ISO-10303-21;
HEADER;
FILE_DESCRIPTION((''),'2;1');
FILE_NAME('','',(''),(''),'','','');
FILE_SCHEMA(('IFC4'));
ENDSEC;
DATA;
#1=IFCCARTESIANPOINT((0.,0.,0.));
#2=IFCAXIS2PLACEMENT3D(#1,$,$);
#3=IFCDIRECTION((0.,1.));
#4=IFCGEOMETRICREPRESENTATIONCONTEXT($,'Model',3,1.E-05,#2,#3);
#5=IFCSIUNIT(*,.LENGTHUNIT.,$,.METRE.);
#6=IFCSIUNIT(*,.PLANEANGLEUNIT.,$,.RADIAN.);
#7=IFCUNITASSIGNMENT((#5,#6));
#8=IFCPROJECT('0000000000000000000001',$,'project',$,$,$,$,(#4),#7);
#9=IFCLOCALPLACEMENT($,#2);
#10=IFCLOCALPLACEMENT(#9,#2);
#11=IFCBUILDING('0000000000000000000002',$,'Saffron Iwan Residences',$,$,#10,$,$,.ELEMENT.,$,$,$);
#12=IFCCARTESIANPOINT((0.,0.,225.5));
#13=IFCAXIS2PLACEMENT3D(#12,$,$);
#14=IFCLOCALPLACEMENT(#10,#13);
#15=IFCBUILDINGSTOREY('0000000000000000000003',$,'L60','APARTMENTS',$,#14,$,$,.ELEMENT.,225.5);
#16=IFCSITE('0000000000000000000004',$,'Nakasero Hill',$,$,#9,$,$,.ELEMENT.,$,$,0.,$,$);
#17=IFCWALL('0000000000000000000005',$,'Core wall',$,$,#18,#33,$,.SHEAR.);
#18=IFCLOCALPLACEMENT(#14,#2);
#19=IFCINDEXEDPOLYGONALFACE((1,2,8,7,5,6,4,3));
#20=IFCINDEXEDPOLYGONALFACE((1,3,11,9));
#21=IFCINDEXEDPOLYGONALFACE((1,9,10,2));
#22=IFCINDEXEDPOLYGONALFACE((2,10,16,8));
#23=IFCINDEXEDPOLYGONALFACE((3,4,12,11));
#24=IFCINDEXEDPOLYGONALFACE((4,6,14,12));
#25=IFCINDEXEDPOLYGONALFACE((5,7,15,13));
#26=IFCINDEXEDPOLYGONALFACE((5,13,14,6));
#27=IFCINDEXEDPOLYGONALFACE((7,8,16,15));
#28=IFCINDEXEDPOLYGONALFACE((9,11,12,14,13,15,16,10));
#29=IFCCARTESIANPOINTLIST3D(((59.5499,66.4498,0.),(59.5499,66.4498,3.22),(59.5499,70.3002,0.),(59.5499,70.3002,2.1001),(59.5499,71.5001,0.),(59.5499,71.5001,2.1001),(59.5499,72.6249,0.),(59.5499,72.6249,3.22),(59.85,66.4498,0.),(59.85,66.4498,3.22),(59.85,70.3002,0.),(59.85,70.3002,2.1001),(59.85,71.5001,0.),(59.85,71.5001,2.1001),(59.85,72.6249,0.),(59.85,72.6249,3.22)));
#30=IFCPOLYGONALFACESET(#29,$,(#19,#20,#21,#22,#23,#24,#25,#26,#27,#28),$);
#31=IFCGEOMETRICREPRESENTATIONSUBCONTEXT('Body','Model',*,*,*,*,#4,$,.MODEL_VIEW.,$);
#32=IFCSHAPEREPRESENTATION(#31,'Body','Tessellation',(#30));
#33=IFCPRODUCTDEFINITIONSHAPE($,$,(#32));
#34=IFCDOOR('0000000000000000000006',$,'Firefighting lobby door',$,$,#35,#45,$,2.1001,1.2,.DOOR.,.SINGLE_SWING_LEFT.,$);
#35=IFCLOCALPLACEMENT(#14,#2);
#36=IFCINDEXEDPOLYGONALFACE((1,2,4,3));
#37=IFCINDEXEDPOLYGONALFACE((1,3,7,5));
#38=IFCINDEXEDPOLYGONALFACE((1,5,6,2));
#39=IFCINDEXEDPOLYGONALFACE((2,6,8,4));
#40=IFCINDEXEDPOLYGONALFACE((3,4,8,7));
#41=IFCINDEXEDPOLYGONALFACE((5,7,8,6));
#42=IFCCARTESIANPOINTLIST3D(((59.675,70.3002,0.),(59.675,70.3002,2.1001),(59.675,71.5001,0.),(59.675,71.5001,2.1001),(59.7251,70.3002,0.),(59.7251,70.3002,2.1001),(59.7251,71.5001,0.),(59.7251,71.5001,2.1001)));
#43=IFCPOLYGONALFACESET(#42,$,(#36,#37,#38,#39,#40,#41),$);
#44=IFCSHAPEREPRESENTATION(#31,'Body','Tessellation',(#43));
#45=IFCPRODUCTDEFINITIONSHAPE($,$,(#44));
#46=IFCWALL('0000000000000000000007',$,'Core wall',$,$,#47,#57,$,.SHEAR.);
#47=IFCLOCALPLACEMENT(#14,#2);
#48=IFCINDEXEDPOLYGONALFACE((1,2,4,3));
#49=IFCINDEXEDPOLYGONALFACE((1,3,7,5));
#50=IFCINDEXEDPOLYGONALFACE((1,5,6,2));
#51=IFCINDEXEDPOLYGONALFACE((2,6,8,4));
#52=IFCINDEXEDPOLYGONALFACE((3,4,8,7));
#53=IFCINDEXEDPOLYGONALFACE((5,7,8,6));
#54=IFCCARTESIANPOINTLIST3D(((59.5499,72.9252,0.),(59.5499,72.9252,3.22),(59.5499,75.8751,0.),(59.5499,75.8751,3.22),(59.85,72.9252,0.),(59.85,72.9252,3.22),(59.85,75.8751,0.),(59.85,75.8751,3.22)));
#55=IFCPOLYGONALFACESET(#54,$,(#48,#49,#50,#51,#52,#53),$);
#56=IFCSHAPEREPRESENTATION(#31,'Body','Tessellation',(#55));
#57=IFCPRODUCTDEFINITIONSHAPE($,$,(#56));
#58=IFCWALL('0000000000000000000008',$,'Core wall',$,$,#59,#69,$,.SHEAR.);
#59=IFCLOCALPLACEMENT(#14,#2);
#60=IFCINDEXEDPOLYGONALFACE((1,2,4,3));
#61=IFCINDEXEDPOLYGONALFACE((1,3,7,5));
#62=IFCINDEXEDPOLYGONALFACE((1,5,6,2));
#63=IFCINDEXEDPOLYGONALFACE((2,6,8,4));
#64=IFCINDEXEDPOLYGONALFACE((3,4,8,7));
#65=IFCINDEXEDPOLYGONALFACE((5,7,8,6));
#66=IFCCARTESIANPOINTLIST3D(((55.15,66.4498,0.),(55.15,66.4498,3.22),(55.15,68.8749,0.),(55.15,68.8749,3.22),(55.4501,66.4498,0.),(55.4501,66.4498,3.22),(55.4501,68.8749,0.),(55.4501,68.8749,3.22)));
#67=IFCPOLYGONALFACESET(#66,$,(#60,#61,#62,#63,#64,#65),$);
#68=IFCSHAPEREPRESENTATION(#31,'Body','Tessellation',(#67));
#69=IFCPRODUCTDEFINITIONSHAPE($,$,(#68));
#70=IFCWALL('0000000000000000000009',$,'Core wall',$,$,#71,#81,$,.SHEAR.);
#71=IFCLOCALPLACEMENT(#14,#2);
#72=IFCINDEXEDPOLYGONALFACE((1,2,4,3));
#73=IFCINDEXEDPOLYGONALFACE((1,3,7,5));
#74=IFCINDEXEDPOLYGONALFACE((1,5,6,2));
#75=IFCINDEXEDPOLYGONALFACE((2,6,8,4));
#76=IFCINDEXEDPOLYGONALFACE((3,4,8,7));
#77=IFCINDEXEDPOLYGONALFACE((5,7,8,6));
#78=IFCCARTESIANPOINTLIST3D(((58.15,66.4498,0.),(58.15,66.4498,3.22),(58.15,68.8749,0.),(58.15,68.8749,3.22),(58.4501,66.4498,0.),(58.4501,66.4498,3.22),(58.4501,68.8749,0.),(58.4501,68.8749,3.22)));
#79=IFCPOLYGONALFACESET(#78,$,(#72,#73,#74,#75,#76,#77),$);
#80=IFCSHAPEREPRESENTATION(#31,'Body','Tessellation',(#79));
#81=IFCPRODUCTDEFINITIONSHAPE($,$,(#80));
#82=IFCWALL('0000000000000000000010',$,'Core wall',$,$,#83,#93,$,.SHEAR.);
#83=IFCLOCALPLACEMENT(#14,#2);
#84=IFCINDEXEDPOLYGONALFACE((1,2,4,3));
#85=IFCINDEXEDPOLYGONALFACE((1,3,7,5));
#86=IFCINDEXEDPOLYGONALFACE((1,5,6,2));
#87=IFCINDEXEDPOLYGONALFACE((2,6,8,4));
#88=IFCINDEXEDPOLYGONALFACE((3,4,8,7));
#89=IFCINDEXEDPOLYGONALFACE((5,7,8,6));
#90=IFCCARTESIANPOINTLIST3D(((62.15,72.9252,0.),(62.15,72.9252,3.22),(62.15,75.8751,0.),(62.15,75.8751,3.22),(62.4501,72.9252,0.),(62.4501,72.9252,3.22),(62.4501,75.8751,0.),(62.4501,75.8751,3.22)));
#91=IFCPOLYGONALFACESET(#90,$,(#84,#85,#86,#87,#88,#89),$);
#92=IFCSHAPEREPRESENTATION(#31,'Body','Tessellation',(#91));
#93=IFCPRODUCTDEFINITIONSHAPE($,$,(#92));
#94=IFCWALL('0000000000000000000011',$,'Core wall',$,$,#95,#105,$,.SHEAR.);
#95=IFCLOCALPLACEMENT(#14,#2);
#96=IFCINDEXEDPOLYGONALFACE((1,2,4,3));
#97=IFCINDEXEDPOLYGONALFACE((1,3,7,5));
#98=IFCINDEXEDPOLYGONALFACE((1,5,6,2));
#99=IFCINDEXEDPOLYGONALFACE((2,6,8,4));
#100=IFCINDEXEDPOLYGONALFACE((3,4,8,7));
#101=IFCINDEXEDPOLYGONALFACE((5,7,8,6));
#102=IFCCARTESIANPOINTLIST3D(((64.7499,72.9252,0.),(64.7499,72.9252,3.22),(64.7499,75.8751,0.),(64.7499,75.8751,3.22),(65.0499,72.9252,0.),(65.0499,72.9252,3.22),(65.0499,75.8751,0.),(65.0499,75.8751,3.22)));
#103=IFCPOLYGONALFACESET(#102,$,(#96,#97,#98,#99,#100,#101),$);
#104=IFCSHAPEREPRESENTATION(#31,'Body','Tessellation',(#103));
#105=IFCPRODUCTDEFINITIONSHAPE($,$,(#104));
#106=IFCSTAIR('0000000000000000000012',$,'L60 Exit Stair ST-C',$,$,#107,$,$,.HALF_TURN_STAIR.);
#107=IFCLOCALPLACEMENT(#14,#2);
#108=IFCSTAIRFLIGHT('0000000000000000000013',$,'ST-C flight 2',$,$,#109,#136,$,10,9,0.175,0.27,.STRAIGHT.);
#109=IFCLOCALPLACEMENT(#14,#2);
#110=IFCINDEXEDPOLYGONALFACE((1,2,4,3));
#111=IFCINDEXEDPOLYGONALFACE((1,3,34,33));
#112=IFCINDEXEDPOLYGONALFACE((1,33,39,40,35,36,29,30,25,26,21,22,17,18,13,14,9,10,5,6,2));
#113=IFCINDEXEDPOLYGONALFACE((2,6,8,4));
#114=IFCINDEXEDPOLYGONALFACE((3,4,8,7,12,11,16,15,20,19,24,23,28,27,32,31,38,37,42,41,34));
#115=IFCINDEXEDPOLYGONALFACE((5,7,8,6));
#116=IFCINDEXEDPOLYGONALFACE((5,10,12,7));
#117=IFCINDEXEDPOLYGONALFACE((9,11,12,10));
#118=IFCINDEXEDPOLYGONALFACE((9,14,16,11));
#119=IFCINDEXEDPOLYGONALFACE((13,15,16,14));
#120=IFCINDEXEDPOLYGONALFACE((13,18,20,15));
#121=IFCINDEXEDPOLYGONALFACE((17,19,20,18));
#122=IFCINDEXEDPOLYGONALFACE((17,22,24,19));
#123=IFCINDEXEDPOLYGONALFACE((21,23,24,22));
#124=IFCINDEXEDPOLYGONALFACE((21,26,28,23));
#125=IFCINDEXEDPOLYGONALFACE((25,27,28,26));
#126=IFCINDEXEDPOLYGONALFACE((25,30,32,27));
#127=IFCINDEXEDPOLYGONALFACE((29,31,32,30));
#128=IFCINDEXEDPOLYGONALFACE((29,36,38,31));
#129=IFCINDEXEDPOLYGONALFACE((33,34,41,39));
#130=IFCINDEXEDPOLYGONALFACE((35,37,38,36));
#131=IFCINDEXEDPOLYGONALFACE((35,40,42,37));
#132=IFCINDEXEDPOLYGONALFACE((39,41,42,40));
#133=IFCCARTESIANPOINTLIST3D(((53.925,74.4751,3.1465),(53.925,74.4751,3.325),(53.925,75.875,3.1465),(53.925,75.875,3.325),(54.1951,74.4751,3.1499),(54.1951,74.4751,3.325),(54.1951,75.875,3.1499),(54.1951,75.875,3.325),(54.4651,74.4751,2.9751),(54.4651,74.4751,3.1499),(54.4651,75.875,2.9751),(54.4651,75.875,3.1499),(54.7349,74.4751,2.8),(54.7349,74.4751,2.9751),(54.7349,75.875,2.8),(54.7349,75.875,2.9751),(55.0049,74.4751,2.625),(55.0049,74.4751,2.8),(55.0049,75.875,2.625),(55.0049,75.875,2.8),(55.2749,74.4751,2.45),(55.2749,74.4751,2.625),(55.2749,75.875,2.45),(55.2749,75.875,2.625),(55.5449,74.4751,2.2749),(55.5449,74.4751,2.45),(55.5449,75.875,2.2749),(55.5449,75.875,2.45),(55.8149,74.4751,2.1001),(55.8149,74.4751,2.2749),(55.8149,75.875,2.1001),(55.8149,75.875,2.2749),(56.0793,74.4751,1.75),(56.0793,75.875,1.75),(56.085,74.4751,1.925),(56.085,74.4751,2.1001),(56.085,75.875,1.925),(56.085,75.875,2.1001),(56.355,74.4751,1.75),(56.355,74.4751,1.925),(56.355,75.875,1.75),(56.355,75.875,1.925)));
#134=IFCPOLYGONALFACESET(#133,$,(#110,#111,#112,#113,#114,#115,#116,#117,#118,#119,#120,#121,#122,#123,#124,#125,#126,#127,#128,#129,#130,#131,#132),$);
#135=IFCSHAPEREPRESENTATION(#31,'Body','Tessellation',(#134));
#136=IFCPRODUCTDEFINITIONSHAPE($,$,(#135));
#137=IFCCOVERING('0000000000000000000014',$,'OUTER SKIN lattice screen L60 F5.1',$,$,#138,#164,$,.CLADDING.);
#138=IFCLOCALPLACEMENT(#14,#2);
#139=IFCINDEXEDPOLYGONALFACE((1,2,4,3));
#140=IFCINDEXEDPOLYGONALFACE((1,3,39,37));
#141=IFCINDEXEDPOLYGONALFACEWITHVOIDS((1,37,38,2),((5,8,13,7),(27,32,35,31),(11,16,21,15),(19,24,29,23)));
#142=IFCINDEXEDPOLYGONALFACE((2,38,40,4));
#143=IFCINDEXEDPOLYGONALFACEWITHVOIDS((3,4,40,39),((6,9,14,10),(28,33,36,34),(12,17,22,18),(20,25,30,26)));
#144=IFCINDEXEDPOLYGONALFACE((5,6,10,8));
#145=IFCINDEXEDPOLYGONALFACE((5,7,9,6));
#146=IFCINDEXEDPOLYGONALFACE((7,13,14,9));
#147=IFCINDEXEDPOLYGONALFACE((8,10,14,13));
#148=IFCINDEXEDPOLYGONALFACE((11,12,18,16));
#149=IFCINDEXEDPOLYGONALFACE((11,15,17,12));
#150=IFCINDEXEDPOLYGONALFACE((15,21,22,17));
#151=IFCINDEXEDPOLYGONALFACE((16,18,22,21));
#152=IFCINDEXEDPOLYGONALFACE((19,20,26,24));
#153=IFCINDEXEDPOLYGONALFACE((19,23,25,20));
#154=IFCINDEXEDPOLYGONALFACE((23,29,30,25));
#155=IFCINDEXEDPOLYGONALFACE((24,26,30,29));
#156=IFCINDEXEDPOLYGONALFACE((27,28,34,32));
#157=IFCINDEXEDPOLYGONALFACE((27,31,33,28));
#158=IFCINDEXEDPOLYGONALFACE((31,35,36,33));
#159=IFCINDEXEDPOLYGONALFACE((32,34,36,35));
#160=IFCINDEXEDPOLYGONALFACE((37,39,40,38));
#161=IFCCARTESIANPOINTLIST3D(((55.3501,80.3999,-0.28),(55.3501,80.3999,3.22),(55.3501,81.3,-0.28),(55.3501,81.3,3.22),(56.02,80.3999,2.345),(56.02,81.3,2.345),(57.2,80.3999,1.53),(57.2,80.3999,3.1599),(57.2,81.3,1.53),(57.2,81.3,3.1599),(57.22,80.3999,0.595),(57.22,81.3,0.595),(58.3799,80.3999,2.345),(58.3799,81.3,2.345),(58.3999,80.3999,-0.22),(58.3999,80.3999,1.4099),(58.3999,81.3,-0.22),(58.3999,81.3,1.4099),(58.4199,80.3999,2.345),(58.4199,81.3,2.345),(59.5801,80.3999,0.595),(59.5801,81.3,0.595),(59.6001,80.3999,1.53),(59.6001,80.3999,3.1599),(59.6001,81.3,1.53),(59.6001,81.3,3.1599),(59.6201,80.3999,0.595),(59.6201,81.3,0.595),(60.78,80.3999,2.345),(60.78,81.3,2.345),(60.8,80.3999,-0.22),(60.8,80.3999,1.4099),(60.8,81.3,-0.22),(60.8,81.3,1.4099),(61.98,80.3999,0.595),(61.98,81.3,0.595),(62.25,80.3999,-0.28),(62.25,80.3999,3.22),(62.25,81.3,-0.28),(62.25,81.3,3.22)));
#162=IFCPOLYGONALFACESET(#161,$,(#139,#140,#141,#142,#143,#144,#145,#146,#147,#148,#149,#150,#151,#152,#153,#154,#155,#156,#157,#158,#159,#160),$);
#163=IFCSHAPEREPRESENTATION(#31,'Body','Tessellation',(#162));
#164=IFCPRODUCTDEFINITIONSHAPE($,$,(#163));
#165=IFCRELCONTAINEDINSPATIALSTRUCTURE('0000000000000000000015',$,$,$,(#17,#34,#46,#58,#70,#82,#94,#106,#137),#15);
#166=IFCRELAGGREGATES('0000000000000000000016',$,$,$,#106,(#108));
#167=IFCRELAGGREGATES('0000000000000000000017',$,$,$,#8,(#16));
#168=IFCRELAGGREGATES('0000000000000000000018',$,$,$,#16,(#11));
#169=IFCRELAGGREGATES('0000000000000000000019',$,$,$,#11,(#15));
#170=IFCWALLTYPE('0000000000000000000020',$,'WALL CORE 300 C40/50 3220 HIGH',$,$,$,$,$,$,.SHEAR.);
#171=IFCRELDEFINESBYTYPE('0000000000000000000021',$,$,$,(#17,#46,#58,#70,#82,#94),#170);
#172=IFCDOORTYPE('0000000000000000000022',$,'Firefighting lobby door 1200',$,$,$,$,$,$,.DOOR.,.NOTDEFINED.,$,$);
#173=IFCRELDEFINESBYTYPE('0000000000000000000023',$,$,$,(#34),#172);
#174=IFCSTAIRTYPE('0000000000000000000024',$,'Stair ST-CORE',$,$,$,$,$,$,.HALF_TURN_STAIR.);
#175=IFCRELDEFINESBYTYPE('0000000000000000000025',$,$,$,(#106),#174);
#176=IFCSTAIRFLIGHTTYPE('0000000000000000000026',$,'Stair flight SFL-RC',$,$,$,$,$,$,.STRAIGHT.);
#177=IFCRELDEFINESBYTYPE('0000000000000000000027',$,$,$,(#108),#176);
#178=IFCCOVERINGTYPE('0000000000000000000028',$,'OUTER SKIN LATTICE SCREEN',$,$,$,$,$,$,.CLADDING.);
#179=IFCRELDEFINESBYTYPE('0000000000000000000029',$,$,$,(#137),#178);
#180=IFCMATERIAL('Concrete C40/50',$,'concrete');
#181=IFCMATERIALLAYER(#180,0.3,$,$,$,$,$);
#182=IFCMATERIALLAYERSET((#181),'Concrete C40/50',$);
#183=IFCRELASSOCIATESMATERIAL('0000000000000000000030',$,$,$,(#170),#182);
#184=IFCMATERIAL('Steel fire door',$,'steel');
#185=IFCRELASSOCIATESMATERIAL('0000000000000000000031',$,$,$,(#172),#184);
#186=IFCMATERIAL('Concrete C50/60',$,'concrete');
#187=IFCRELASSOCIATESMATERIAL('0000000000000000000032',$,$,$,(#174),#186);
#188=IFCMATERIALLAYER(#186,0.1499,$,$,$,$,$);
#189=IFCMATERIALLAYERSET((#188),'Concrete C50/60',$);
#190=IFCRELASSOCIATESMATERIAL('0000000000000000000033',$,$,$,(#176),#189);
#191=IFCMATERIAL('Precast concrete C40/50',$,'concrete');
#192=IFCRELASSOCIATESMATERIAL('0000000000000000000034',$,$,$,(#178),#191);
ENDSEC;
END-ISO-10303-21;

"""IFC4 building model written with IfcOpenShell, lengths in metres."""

from ifc_helpers import new_model, si_unit, direction, frame, frame_2d, origin, place, context, subcontext, project, spatial, polyline, rectangle, outline, extrude, material, layer, layer_set, type_object, element, fill, aggregate, save


model = new_model("IFC4")

# Units and contexts
model_context = context("Model", 3, precision=1e-05, world=origin(), true_north=direction((0.0, 1.0)))
body_context = subcontext(model_context, "Body", "Model", "MODEL_VIEW")
ifc_project = project(units=[si_unit("LENGTHUNIT", "METRE"), si_unit("PLANEANGLEUNIT", "RADIAN")], contexts=[model_context])

# Site, building, storey
site_placement = place(None, origin())
site = spatial("IfcSite", under=ifc_project, at=site_placement, Name="Nakasero Hill", CompositionType="ELEMENT", RefElevation=0.0)
building_placement = place(site_placement, origin())
building = spatial("IfcBuilding", under=site, at=building_placement, Name="Saffron Iwan Residences", CompositionType="ELEMENT")
storey_placement = place(building_placement, frame((0.0, 0.0, 225.5)))
storey = spatial("IfcBuildingStorey", under=building, at=storey_placement, Name="L60", Description="APARTMENTS", CompositionType="ELEMENT", Elevation=225.5)

# Shared definitions
ifc_material_1 = material(Name="Concrete C40/50", Category="concrete")

# Shared definitions
ifc_material_2 = material(Name="Steel fire door", Category="steel")

# Shared definitions
ifc_layer_1 = layer(ifc_material_1, 0.3)
ifc_layer_set_1 = layer_set([ifc_layer_1], Name="Concrete C40/50")
wall_type_1 = type_object("IfcWallType", Name="WALL CORE 300 C40/50 3220 HIGH", PredefinedType="SHEAR", material=ifc_layer_set_1)

# Wall, opening, door
wall_1_placement = place(storey_placement, frame((59.7, 66.45, 0.0), z_axis=(0.0, 0.0, 1.0), x_axis=(0.0, 1.0, 0.0)))
wall_1 = element("IfcWall", 1, at=wall_1_placement, inside=storey, type_object=wall_type_1, Name="Core wall", PredefinedType="SHEAR", context=body_context, shape_type="SweptSolid", body=[
    extrude(rectangle(XDim=6.175, YDim=0.3, at=frame_2d((3.0874, 0.0))), origin(), (0.0, 0.0, 1.0), 3.22),
])
opening_1_placement = place(wall_1_placement, frame((3.8501, 0.0, 0.0)))
opening_1 = element("IfcOpeningElement", 2, at=opening_1_placement, cuts=wall_1, PredefinedType="OPENING", context=body_context, shape_type="SweptSolid", body=[
    extrude(rectangle(XDim=1.2, YDim=2.1001, at=frame_2d((0.6001, 1.05))), frame((0.0, 0.1602, 0.0), z_axis=(0.0, -1.0, 0.0), x_axis=(1.0, 0.0, 0.0)), (0.0, 0.0, 1.0), 0.3201),
])
door_type_1 = type_object("IfcDoorType", Name="Firefighting lobby door 1200", OperationType="NOTDEFINED", PredefinedType="DOOR", material=ifc_material_2)
door_1_placement = place(opening_1_placement, origin())
door_1 = element("IfcDoor", 3, at=door_1_placement, inside=storey, type_object=door_type_1, Name="Firefighting lobby door", OperationType="SINGLE_SWING_LEFT", OverallHeight=2.1001, OverallWidth=1.2, PredefinedType="DOOR", context=body_context, shape_type="SweptSolid", body=[
    extrude(rectangle(XDim=1.2, YDim=2.1001, at=frame_2d((0.6001, 1.05))), frame((0.0, 0.0249, 0.0), z_axis=(0.0, -1.0, 0.0), x_axis=(1.0, 0.0, 0.0)), (0.0, 0.0, 1.0), 0.05),
])
fill(opening_1, door_1)

# Walls
wall_2_placement = place(storey_placement, frame((59.7, 72.925, 0.0), z_axis=(0.0, 0.0, 1.0), x_axis=(0.0, 1.0, 0.0)))
element("IfcWall", 4, at=wall_2_placement, inside=storey, type_object=wall_type_1, Name="Core wall", PredefinedType="SHEAR", context=body_context, shape_type="SweptSolid", body=[
    extrude(rectangle(XDim=2.95, YDim=0.3, at=frame_2d((1.4751, 0.0))), origin(), (0.0, 0.0, 1.0), 3.22),
])
for number, where, z_axis, x_axis, name in (
    (5, (55.3, 66.45, 0.0), (0.0, 0.0, 1.0), (0.0, 1.0, 0.0), "Core wall"),
    (6, (58.3, 66.45, 0.0), (0.0, 0.0, 1.0), (0.0, 1.0, 0.0), "Core wall"),
):
    element("IfcWall", number, at=place(storey_placement, frame(where, z_axis=z_axis, x_axis=x_axis)), inside=storey, type_object=wall_type_1, Name=name, PredefinedType="SHEAR", context=body_context, shape_type="SweptSolid", body=[
        extrude(rectangle(XDim=2.425, YDim=0.3, at=frame_2d((1.2124, 0.0))), origin(), (0.0, 0.0, 1.0), 3.22),
    ])
for number, where, z_axis, x_axis, name in (
    (7, (62.3, 72.925, 0.0), (0.0, 0.0, 1.0), (0.0, 1.0, 0.0), "Core wall"),
    (8, (64.8999, 72.925, 0.0), (0.0, 0.0, 1.0), (0.0, 1.0, 0.0), "Core wall"),
):
    element("IfcWall", number, at=place(storey_placement, frame(where, z_axis=z_axis, x_axis=x_axis)), inside=storey, type_object=wall_type_1, Name=name, PredefinedType="SHEAR", context=body_context, shape_type="SweptSolid", body=[
        extrude(rectangle(XDim=2.95, YDim=0.3, at=frame_2d((1.4751, 0.0))), origin(), (0.0, 0.0, 1.0), 3.22),
    ])

# Stair, stair flight
ifc_material_3 = material(Name="Concrete C50/60", Category="concrete")
stair_type = type_object("IfcStairType", Name="Stair ST-CORE", PredefinedType="HALF_TURN_STAIR", material=ifc_material_3)
stair_placement = place(storey_placement, origin())
stair = element("IfcStair", 9, at=stair_placement, inside=storey, type_object=stair_type, Name="L60 Exit Stair ST-C", PredefinedType="HALF_TURN_STAIR")
ifc_layer_2 = layer(ifc_material_3, 0.1499)
ifc_layer_set_2 = layer_set([ifc_layer_2], Name="Concrete C50/60")
stair_flight_type = type_object("IfcStairFlightType", Name="Stair flight SFL-RC", PredefinedType="STRAIGHT", material=ifc_layer_set_2)
stair_flight_placement = place(storey_placement, frame((56.355, 75.175, 1.75), z_axis=(0.0, 0.0, 1.0), x_axis=(-1.0, 0.0, 0.0)))
stair_flight = element("IfcStairFlight", 10, at=stair_flight_placement, type_object=stair_flight_type, Name="ST-C flight 2", NumberOfRisers=10, NumberOfTreads=9, PredefinedType="STRAIGHT", RiserHeight=0.175, TreadLength=0.27, context=body_context, shape_type="SweptSolid", body=[
    extrude(outline(polyline([(0.0, 0.0), (0.0, 0.175), (0.27, 0.175), (0.27, 0.3501), (0.54, 0.3501), (0.54, 0.5249), (0.8101, 0.5249), (0.8101, 0.7), (1.0801, 0.7), (1.0801, 0.875), (1.3501, 0.875), (1.3501, 1.05), (1.6201, 1.05), (1.6201, 1.2251), (1.8899, 1.2251), (1.8899, 1.3999), (2.1599, 1.3999), (2.1599, 1.575), (2.4299, 1.575), (2.4299, 1.75), (2.4299, 1.3965), (0.2756, 0.0), (0.0, 0.0)])), frame((0.0, 0.7, 0.0), z_axis=(0.0, -1.0, 0.0), x_axis=(1.0, 0.0, 0.0)), (0.0, 0.0, 1.0), 1.3999),
])
aggregate(stair, [stair_flight])

# Covering
ifc_material_4 = material(Name="Precast concrete C40/50", Category="concrete")
covering_type_1 = type_object("IfcCoveringType", Name="OUTER SKIN LATTICE SCREEN", PredefinedType="CLADDING", material=ifc_material_4)
covering_1_placement = place(storey_placement, frame((62.25, 80.3999, -0.28), z_axis=(0.0, 1.0, 0.0), x_axis=(-1.0, 0.0, 0.0)))
element("IfcCovering", 11, at=covering_1_placement, inside=storey, type_object=covering_type_1, Name="OUTER SKIN lattice screen L60 F5.1", PredefinedType="CLADDING", context=body_context, shape_type="SweptSolid", body=[
    extrude(outline(polyline([(0.0, 0.0), (6.8999, 0.0), (6.8999, 3.5), (0.0, 3.5), (0.0, 0.0)]), holes=[polyline([(0.27, 0.875), (1.45, 0.0601), (2.6299, 0.875), (1.45, 1.6899), (0.27, 0.875)]), polyline([(2.6699, 0.875), (3.8501, 0.0601), (5.03, 0.875), (3.8501, 1.6899), (2.6699, 0.875)]), polyline([(1.47, 2.625), (2.6499, 1.8101), (3.8301, 2.625), (2.6499, 3.4399), (1.47, 2.625)]), polyline([(3.8701, 2.625), (5.05, 1.8101), (6.23, 2.625), (5.05, 3.4399), (3.8701, 2.625)])]), origin(), (0.0, 0.0, 1.0), 0.9001),
])

save(model, "model.ifc")
